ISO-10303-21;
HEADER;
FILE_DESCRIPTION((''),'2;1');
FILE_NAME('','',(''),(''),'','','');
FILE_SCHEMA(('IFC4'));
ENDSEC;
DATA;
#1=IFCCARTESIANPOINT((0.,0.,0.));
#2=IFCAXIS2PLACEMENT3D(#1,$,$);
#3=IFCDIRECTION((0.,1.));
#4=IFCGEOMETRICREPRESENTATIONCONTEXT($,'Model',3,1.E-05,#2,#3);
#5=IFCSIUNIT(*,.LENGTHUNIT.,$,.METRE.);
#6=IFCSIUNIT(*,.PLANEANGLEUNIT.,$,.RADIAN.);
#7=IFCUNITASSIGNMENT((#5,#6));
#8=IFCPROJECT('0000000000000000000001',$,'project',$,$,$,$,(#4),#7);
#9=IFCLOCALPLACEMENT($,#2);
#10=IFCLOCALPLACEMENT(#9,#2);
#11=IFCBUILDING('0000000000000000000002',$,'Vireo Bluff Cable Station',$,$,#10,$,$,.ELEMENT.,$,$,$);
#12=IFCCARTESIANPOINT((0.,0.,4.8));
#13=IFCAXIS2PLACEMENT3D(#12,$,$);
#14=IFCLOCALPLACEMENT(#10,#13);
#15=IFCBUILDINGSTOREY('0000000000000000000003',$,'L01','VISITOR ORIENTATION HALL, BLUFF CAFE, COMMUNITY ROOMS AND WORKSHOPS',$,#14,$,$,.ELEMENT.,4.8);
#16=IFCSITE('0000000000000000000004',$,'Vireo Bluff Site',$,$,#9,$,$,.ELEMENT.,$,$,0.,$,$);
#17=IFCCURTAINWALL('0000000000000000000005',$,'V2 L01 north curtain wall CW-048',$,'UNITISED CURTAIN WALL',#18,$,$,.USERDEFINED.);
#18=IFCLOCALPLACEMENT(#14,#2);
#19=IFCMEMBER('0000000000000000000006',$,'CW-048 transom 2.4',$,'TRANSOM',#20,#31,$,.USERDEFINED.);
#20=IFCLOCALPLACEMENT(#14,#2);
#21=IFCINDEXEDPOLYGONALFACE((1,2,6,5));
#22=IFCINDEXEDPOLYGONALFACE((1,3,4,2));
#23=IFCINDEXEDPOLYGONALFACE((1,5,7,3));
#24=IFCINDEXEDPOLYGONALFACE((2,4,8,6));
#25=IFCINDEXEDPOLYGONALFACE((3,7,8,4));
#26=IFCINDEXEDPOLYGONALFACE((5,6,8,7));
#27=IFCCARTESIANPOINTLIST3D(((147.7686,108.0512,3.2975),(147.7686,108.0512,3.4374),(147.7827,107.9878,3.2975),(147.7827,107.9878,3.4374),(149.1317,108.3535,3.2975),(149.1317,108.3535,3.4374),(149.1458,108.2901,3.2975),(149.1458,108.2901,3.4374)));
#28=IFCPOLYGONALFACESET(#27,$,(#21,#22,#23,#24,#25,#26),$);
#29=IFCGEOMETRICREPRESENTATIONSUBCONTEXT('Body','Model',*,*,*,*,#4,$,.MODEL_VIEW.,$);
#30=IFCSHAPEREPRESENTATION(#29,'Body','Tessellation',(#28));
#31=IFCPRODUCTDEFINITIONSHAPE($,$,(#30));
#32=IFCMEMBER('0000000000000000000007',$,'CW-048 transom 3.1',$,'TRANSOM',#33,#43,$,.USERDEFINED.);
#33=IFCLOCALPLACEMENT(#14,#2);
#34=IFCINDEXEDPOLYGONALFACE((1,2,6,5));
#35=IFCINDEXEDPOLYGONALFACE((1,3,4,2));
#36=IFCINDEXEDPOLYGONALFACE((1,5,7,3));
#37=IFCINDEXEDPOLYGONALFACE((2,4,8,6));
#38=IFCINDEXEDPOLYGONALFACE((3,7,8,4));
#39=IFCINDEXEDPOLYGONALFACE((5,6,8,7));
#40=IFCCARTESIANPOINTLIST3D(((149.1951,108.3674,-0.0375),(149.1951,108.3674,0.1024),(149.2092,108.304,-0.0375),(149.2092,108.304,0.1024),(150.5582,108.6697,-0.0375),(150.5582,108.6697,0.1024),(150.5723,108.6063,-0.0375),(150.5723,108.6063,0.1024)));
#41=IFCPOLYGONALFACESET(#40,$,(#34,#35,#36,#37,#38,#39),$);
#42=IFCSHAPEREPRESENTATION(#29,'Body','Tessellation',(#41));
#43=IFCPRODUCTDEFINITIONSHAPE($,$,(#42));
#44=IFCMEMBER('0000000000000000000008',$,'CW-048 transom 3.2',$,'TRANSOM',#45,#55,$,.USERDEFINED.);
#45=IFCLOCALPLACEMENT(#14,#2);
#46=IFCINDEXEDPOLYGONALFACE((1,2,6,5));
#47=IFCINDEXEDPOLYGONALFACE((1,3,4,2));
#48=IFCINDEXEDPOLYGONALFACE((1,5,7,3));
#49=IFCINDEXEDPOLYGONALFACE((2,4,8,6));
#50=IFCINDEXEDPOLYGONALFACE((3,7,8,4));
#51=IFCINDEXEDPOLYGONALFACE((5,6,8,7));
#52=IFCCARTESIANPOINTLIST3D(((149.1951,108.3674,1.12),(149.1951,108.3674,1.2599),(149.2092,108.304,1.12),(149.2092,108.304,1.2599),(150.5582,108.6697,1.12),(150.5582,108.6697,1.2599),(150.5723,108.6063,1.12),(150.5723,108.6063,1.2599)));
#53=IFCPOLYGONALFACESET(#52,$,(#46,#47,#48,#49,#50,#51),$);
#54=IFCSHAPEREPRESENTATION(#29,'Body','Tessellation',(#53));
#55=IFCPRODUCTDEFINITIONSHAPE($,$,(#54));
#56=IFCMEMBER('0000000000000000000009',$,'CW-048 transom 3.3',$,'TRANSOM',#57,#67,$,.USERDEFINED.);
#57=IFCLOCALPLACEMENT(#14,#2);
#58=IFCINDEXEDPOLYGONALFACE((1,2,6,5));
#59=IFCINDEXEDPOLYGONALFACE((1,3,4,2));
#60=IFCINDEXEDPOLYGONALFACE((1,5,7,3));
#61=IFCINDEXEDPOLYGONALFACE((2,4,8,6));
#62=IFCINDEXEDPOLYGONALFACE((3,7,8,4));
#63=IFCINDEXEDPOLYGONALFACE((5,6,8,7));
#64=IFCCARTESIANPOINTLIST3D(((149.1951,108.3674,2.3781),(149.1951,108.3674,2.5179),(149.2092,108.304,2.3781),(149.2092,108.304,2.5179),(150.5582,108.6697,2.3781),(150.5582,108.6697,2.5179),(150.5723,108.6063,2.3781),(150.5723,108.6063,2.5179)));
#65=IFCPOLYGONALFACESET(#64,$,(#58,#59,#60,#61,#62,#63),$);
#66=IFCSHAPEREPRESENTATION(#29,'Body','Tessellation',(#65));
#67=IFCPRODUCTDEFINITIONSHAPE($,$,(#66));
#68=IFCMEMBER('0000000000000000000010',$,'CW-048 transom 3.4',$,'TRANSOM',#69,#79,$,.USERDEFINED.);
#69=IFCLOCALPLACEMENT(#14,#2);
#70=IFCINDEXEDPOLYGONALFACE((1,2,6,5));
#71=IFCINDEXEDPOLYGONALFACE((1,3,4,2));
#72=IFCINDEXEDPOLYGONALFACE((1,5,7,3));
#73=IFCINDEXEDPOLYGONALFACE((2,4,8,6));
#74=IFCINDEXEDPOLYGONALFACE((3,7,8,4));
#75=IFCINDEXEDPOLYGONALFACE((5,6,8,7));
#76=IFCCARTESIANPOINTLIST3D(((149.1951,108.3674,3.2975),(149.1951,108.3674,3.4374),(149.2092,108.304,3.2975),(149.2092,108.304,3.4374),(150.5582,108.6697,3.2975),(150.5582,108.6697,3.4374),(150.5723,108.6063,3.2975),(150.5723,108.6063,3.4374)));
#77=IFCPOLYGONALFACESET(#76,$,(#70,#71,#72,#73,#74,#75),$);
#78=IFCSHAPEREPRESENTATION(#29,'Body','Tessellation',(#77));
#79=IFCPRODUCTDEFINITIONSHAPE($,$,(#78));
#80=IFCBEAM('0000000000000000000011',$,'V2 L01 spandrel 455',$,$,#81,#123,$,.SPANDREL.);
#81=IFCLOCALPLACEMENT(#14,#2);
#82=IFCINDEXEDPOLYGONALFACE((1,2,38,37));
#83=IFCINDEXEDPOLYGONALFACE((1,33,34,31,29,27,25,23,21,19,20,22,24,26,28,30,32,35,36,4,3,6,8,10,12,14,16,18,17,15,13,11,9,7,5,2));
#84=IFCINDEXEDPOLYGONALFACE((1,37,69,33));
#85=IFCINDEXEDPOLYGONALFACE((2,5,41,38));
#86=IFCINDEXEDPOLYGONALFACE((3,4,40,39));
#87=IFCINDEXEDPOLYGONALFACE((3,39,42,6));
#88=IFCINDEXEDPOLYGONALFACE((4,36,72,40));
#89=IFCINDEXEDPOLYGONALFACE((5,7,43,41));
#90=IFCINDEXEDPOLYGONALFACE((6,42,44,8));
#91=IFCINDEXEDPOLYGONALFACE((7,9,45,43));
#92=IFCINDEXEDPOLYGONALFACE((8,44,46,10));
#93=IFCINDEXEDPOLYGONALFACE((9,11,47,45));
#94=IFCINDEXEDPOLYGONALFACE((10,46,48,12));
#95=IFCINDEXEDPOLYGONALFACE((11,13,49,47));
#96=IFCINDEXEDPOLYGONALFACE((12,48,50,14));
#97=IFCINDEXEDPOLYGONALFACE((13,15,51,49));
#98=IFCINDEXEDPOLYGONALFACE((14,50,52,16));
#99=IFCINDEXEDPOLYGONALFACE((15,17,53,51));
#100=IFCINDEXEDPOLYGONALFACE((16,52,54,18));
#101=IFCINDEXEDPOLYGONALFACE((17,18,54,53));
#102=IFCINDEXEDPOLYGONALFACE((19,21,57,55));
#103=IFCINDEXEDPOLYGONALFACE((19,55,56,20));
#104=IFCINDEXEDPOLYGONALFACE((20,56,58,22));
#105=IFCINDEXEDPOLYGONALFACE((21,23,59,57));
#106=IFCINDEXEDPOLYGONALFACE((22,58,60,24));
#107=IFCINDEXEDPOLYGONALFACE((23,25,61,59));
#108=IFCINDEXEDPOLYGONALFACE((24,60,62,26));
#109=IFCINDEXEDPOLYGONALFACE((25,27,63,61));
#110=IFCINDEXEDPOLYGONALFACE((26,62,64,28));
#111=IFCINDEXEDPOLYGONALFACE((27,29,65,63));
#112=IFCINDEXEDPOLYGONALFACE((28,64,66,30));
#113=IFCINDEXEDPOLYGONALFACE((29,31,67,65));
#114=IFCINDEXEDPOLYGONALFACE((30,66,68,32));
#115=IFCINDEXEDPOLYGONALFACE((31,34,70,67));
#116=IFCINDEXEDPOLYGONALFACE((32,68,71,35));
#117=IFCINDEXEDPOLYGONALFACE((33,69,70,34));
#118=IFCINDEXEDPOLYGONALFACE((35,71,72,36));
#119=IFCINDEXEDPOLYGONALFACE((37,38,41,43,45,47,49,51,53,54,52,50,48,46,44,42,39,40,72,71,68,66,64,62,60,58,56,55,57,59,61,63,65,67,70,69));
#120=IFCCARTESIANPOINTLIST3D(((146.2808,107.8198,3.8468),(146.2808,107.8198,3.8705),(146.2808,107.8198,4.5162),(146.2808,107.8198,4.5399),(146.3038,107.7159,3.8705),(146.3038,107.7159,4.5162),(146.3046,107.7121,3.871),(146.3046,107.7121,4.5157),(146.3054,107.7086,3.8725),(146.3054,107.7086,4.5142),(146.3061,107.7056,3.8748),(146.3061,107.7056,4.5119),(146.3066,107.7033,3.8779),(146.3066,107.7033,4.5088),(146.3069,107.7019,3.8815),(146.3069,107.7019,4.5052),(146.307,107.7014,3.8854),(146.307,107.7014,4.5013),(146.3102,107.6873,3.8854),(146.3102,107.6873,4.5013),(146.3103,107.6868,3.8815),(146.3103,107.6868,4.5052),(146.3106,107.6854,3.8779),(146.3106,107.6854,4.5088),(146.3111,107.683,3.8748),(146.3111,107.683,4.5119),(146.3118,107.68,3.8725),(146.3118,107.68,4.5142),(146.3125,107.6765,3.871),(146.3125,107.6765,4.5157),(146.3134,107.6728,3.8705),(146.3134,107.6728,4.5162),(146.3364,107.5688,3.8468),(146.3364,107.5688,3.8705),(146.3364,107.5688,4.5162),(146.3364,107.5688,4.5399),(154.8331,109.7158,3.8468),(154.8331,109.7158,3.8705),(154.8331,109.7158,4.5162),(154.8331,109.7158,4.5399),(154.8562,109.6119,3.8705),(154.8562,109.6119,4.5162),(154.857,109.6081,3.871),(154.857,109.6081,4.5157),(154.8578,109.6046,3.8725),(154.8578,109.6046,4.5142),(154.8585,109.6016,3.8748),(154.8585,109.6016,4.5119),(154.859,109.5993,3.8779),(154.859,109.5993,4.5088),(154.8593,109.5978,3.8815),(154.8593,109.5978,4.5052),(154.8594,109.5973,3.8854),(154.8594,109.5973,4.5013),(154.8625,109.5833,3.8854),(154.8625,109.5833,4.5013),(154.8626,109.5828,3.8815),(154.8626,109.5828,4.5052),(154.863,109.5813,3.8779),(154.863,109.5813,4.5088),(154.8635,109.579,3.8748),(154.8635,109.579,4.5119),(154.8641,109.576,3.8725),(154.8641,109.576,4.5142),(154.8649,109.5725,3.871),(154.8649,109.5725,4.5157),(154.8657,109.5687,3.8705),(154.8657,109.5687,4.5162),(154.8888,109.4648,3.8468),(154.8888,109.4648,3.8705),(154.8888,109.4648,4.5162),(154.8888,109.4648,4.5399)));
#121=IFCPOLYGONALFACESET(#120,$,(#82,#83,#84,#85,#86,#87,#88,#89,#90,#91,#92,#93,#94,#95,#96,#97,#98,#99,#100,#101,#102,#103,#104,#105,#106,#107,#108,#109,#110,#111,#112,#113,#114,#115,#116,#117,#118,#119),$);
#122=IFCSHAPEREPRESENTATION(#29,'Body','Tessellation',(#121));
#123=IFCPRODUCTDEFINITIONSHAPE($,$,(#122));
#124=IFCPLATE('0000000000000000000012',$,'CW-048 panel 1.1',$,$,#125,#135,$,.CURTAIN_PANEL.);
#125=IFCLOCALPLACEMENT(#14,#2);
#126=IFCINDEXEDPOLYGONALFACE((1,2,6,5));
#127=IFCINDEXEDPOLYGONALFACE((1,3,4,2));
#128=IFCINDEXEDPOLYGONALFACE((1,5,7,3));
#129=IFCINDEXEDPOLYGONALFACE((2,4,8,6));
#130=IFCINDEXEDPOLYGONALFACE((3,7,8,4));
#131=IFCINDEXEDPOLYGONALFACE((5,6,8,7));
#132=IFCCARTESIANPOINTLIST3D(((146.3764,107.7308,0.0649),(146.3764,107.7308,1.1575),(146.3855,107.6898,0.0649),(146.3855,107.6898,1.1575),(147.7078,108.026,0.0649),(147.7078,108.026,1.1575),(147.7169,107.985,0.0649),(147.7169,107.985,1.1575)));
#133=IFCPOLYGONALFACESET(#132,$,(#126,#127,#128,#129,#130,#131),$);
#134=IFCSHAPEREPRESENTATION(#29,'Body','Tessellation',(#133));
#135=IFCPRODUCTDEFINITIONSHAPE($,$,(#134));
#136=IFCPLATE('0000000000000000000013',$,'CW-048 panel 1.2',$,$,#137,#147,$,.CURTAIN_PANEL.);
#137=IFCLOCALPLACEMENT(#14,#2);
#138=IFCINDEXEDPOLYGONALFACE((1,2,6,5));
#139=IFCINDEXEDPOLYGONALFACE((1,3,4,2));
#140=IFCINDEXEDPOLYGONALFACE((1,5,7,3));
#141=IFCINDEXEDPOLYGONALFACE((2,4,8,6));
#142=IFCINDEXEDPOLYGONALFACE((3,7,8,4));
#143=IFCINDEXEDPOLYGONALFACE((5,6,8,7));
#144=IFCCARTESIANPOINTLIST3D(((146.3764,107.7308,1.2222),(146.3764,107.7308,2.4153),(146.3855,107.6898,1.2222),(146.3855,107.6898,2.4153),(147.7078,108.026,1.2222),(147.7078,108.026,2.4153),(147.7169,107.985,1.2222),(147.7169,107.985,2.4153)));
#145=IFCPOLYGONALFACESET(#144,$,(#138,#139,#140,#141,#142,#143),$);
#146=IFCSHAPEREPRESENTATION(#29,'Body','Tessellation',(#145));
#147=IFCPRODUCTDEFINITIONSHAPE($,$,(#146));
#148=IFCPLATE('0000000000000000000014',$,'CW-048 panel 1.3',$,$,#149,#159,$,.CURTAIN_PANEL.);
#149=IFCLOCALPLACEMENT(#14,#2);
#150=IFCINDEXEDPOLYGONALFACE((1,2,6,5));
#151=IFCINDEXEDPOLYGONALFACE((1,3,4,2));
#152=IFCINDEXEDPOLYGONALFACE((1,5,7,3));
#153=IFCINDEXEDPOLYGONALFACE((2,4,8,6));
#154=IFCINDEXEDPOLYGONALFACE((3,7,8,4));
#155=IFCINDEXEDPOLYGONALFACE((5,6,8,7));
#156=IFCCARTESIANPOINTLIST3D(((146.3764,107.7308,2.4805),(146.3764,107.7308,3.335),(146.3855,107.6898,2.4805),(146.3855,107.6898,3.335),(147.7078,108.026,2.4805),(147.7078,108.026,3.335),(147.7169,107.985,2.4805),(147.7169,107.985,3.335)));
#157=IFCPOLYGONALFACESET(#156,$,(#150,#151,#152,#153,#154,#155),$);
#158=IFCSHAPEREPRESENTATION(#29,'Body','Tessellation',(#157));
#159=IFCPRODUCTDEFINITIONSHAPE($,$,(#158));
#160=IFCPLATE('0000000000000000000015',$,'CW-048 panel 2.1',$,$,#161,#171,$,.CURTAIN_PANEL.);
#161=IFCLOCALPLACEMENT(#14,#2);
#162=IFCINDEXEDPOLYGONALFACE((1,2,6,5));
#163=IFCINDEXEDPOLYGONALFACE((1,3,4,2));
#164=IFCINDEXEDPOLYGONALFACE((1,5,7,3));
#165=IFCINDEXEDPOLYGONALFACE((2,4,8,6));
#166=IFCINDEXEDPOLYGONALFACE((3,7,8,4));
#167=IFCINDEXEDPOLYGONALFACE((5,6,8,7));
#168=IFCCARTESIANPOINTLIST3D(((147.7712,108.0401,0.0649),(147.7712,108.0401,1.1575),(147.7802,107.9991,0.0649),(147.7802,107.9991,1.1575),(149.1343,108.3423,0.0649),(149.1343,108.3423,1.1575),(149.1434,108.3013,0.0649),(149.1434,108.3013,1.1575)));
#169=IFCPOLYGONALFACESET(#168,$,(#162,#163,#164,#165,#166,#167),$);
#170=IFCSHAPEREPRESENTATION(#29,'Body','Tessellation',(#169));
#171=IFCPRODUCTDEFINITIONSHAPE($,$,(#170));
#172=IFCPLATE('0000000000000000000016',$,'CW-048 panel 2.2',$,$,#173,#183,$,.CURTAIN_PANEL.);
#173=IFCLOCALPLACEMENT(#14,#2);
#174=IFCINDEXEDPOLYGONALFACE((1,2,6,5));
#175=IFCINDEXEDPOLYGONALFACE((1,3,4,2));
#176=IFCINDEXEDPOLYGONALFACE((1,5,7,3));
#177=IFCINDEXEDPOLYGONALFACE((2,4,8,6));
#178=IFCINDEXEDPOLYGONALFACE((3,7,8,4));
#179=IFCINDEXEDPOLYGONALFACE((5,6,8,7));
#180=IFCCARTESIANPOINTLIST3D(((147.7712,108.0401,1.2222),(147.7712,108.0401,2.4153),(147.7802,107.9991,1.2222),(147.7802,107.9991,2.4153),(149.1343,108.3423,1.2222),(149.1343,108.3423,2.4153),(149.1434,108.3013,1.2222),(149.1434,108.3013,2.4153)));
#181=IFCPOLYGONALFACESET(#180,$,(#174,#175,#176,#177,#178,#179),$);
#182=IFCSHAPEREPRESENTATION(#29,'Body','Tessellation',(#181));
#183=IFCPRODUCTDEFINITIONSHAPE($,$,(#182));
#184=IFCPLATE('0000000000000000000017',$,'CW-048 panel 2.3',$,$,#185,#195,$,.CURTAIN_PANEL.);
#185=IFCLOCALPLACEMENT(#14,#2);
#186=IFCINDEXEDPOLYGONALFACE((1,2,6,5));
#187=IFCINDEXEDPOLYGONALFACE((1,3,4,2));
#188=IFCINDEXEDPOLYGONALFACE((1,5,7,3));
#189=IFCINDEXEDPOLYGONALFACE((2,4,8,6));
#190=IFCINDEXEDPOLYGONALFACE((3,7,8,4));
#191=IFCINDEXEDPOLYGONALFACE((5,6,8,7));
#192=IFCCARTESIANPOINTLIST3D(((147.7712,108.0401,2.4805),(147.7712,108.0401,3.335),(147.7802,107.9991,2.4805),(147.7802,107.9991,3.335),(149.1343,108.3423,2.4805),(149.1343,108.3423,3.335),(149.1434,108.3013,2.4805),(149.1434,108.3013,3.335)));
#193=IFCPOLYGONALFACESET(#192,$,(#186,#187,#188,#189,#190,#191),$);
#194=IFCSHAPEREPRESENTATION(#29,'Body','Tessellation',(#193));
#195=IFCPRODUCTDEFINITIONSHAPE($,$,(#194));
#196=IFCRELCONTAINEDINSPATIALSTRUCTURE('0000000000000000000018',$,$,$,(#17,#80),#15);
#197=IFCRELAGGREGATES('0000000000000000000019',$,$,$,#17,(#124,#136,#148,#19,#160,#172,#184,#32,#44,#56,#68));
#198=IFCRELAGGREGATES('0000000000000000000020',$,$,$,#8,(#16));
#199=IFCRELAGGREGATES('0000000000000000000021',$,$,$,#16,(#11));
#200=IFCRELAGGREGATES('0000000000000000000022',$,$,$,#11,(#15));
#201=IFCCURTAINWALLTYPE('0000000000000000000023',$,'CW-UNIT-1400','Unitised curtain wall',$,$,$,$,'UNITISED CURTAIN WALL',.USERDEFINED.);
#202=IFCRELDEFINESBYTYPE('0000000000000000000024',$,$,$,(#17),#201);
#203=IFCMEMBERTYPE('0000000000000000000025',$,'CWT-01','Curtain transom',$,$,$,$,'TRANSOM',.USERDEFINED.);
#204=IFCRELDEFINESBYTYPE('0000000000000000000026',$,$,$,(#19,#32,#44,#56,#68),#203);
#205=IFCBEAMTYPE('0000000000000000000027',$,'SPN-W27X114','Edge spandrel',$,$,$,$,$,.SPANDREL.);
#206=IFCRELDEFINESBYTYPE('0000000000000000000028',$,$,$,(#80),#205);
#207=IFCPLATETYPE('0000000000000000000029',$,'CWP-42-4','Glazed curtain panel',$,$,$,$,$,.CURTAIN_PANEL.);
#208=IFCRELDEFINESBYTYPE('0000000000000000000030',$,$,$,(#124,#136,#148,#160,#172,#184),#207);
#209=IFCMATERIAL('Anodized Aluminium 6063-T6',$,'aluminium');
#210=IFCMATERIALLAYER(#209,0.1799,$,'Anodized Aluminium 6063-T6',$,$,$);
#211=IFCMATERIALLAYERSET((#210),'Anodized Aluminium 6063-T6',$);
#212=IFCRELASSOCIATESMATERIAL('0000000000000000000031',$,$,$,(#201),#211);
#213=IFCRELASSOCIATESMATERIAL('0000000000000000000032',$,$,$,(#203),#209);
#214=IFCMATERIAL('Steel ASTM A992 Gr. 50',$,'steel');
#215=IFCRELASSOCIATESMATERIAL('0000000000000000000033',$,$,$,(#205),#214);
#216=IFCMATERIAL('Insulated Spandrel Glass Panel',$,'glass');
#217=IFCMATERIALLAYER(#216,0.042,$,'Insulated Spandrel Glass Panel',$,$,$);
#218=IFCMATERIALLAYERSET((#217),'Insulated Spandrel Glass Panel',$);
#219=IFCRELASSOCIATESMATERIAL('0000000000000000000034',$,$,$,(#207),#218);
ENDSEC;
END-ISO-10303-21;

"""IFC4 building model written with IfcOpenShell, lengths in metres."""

from ifc_helpers import new_model, si_unit, direction, frame, origin, origin_2d, place, context, subcontext, project, spatial, rectangle, i_section, extrude, material, layer, layer_set, material_profile, profile_set, type_object, element, aggregate, save


model = new_model("IFC4")

# Units and contexts
model_context = context("Model", 3, precision=1e-05, world=origin(), true_north=direction((0.0, 1.0)))
body_context = subcontext(model_context, "Body", "Model", "MODEL_VIEW")
ifc_project = project(units=[si_unit("LENGTHUNIT", "METRE"), si_unit("PLANEANGLEUNIT", "RADIAN")], contexts=[model_context])

# Site, building, storey
site_placement = place(None, origin())
site = spatial("IfcSite", under=ifc_project, at=site_placement, Name="Vireo Bluff Site", CompositionType="ELEMENT", RefElevation=0.0)
building_placement = place(site_placement, origin())
building = spatial("IfcBuilding", under=site, at=building_placement, Name="Vireo Bluff Cable Station", CompositionType="ELEMENT")
storey_placement = place(building_placement, frame((0.0, 0.0, 4.8)))
storey = spatial("IfcBuildingStorey", under=building, at=storey_placement, Name="L01", Description="VISITOR ORIENTATION HALL, BLUFF CAFE, COMMUNITY ROOMS AND WORKSHOPS", CompositionType="ELEMENT", Elevation=4.8)

# Shared definitions
ifc_material_1 = material(Name="Steel ASTM A992 Gr. 50", Category="steel")

# Curtain wall, members
ifc_material_2 = material(Name="Anodized Aluminium 6063-T6", Category="aluminium")
ifc_layer_1 = layer(ifc_material_2, 0.1799, Name="Anodized Aluminium 6063-T6")
ifc_layer_set_1 = layer_set([ifc_layer_1], Name="Anodized Aluminium 6063-T6")
curtain_wall_type = type_object("IfcCurtainWallType", Name="CW-UNIT-1400", Description="Unitised curtain wall", ElementType="UNITISED CURTAIN WALL", PredefinedType="USERDEFINED", material=ifc_layer_set_1)
curtain_wall_placement = place(storey_placement, origin())
curtain_wall = element("IfcCurtainWall", 1, at=curtain_wall_placement, inside=storey, type_object=curtain_wall_type, Name="V2 L01 north curtain wall CW-048", ObjectType="UNITISED CURTAIN WALL", PredefinedType="USERDEFINED")
ifc_material_profile_1 = material_profile(ifc_material_2, rectangle(XDim=0.0649, YDim=0.1399, at=origin_2d()), Name="ALU-T-65X140")
ifc_profile_set_1 = profile_set([ifc_material_profile_1], Name="Anodized Aluminium 6063-T6")
member_type_1 = type_object("IfcMemberType", Name="CWT-01", Description="Curtain transom", ElementType="TRANSOM", PredefinedType="USERDEFINED", material=ifc_profile_set_1)
member_1_placement = place(storey_placement, frame((147.7756, 108.0195, 3.3674), z_axis=(0.976286, 0.216486, 0.0), x_axis=(-0.216486, 0.976286, 0.0)))
member_1 = element("IfcMember", 2, at=member_1_placement, type_object=member_type_1, Name="CW-048 transom 2.4", ObjectType="TRANSOM", PredefinedType="USERDEFINED", context=body_context, shape_type="SweptSolid", body=[
    extrude(rectangle(XDim=0.0649, YDim=0.1399, at=origin_2d()), origin(), (0.0, 0.0, 1.0), 1.3962),
])
member_2_placement = place(storey_placement, frame((149.2021, 108.3357, 0.0325), z_axis=(0.976286, 0.216486, 0.0), x_axis=(-0.216486, 0.976286, 0.0)))
member_2 = element("IfcMember", 3, at=member_2_placement, type_object=member_type_1, Name="CW-048 transom 3.1", ObjectType="TRANSOM", PredefinedType="USERDEFINED", context=body_context, shape_type="SweptSolid", body=[
    extrude(rectangle(XDim=0.0649, YDim=0.1399, at=origin_2d()), origin(), (0.0, 0.0, 1.0), 1.3962),
])
member_3_placement = place(storey_placement, frame((149.2021, 108.3357, 1.1899), z_axis=(0.976286, 0.216486, 0.0), x_axis=(-0.216486, 0.976286, 0.0)))
member_3 = element("IfcMember", 4, at=member_3_placement, type_object=member_type_1, Name="CW-048 transom 3.2", ObjectType="TRANSOM", PredefinedType="USERDEFINED", context=body_context, shape_type="SweptSolid", body=[
    extrude(rectangle(XDim=0.0649, YDim=0.1399, at=origin_2d()), origin(), (0.0, 0.0, 1.0), 1.3962),
])
member_4_placement = place(storey_placement, frame((149.2021, 108.3357, 2.448), z_axis=(0.976286, 0.216486, 0.0), x_axis=(-0.216486, 0.976286, 0.0)))
member_4 = element("IfcMember", 5, at=member_4_placement, type_object=member_type_1, Name="CW-048 transom 3.3", ObjectType="TRANSOM", PredefinedType="USERDEFINED", context=body_context, shape_type="SweptSolid", body=[
    extrude(rectangle(XDim=0.0649, YDim=0.1399, at=origin_2d()), origin(), (0.0, 0.0, 1.0), 1.3962),
])
member_5_placement = place(storey_placement, frame((149.2021, 108.3357, 3.3674), z_axis=(0.976286, 0.216486, 0.0), x_axis=(-0.216486, 0.976286, 0.0)))
member_5 = element("IfcMember", 6, at=member_5_placement, type_object=member_type_1, Name="CW-048 transom 3.4", ObjectType="TRANSOM", PredefinedType="USERDEFINED", context=body_context, shape_type="SweptSolid", body=[
    extrude(rectangle(XDim=0.0649, YDim=0.1399, at=origin_2d()), origin(), (0.0, 0.0, 1.0), 1.3962),
])

# Beam
ifc_material_profile_2 = material_profile(ifc_material_1, i_section(OverallWidth=0.2571, OverallDepth=0.6931, WebThickness=0.0144, FlangeThickness=0.0237, FilletRadius=0.0149, at=origin_2d()), Name="W27X114")
ifc_profile_set_2 = profile_set([ifc_material_profile_2], Name="Steel ASTM A992 Gr. 50")
beam_type = type_object("IfcBeamType", Name="SPN-W27X114", Description="Edge spandrel", PredefinedType="SPANDREL", material=ifc_profile_set_2)
beam_placement = place(storey_placement, frame((146.3086, 107.6943, 4.1934), z_axis=(0.976297, 0.216435, 0.0), x_axis=(-0.216435, 0.976297, 0.0)))
element("IfcBeam", 7, at=beam_placement, inside=storey, type_object=beam_type, Name="V2 L01 spandrel 455", PredefinedType="SPANDREL", context=body_context, shape_type="SweptSolid", body=[
    extrude(i_section(OverallWidth=0.2571, OverallDepth=0.6931, WebThickness=0.0144, FlangeThickness=0.0237, FilletRadius=0.0149, at=origin_2d()), origin(), (0.0, 0.0, 1.0), 8.76),
])

# Plates
ifc_material_3 = material(Name="Insulated Spandrel Glass Panel", Category="glass")
ifc_layer_2 = layer(ifc_material_3, 0.042, Name="Insulated Spandrel Glass Panel")
ifc_layer_set_2 = layer_set([ifc_layer_2], Name="Insulated Spandrel Glass Panel")
plate_type_1 = type_object("IfcPlateType", Name="CWP-42-4", Description="Glazed curtain panel", PredefinedType="CURTAIN_PANEL", material=ifc_layer_set_2)
plate_1_placement = place(storey_placement, frame((147.0466, 107.8579, 0.0649), z_axis=(0.0, 0.0, 1.0), x_axis=(0.976296, 0.21644, 0.0)))
plate_1 = element("IfcPlate", 8, at=plate_1_placement, type_object=plate_type_1, Name="CW-048 panel 1.1", PredefinedType="CURTAIN_PANEL", context=body_context, shape_type="SweptSolid", body=[
    extrude(rectangle(XDim=1.3638, YDim=0.042, at=origin_2d()), origin(), (0.0, 0.0, 1.0), 1.0925),
])
plate_2_placement = place(storey_placement, frame((147.0466, 107.8579, 1.2222), z_axis=(0.0, 0.0, 1.0), x_axis=(0.976296, 0.21644, 0.0)))
plate_2 = element("IfcPlate", 9, at=plate_2_placement, type_object=plate_type_1, Name="CW-048 panel 1.2", PredefinedType="CURTAIN_PANEL", context=body_context, shape_type="SweptSolid", body=[
    extrude(rectangle(XDim=1.3638, YDim=0.042, at=origin_2d()), origin(), (0.0, 0.0, 1.0), 1.1931),
])
plate_3_placement = place(storey_placement, frame((147.0466, 107.8579, 2.4805), z_axis=(0.0, 0.0, 1.0), x_axis=(0.976296, 0.21644, 0.0)))
plate_3 = element("IfcPlate", 10, at=plate_3_placement, type_object=plate_type_1, Name="CW-048 panel 1.3", PredefinedType="CURTAIN_PANEL", context=body_context, shape_type="SweptSolid", body=[
    extrude(rectangle(XDim=1.3638, YDim=0.042, at=origin_2d()), origin(), (0.0, 0.0, 1.0), 0.8545),
])
plate_4_placement = place(storey_placement, frame((148.4573, 108.1707, 0.0649), z_axis=(0.0, 0.0, 1.0), x_axis=(0.976296, 0.21644, 0.0)))
plate_4 = element("IfcPlate", 11, at=plate_4_placement, type_object=plate_type_1, Name="CW-048 panel 2.1", PredefinedType="CURTAIN_PANEL", context=body_context, shape_type="SweptSolid", body=[
    extrude(rectangle(XDim=1.3962, YDim=0.042, at=origin_2d()), origin(), (0.0, 0.0, 1.0), 1.0925),
])
plate_5_placement = place(storey_placement, frame((148.4573, 108.1707, 1.2222), z_axis=(0.0, 0.0, 1.0), x_axis=(0.976296, 0.21644, 0.0)))
plate_5 = element("IfcPlate", 12, at=plate_5_placement, type_object=plate_type_1, Name="CW-048 panel 2.2", PredefinedType="CURTAIN_PANEL", context=body_context, shape_type="SweptSolid", body=[
    extrude(rectangle(XDim=1.3962, YDim=0.042, at=origin_2d()), origin(), (0.0, 0.0, 1.0), 1.1931),
])
plate_6_placement = place(storey_placement, frame((148.4573, 108.1707, 2.4805), z_axis=(0.0, 0.0, 1.0), x_axis=(0.976296, 0.21644, 0.0)))
plate_6 = element("IfcPlate", 13, at=plate_6_placement, type_object=plate_type_1, Name="CW-048 panel 2.3", PredefinedType="CURTAIN_PANEL", context=body_context, shape_type="SweptSolid", body=[
    extrude(rectangle(XDim=1.3962, YDim=0.042, at=origin_2d()), origin(), (0.0, 0.0, 1.0), 0.8545),
])
aggregate(curtain_wall, [plate_1, plate_2, plate_3, member_1, plate_4, plate_5, plate_6, member_2, member_3, member_4, member_5])

save(model, "model.ifc")
